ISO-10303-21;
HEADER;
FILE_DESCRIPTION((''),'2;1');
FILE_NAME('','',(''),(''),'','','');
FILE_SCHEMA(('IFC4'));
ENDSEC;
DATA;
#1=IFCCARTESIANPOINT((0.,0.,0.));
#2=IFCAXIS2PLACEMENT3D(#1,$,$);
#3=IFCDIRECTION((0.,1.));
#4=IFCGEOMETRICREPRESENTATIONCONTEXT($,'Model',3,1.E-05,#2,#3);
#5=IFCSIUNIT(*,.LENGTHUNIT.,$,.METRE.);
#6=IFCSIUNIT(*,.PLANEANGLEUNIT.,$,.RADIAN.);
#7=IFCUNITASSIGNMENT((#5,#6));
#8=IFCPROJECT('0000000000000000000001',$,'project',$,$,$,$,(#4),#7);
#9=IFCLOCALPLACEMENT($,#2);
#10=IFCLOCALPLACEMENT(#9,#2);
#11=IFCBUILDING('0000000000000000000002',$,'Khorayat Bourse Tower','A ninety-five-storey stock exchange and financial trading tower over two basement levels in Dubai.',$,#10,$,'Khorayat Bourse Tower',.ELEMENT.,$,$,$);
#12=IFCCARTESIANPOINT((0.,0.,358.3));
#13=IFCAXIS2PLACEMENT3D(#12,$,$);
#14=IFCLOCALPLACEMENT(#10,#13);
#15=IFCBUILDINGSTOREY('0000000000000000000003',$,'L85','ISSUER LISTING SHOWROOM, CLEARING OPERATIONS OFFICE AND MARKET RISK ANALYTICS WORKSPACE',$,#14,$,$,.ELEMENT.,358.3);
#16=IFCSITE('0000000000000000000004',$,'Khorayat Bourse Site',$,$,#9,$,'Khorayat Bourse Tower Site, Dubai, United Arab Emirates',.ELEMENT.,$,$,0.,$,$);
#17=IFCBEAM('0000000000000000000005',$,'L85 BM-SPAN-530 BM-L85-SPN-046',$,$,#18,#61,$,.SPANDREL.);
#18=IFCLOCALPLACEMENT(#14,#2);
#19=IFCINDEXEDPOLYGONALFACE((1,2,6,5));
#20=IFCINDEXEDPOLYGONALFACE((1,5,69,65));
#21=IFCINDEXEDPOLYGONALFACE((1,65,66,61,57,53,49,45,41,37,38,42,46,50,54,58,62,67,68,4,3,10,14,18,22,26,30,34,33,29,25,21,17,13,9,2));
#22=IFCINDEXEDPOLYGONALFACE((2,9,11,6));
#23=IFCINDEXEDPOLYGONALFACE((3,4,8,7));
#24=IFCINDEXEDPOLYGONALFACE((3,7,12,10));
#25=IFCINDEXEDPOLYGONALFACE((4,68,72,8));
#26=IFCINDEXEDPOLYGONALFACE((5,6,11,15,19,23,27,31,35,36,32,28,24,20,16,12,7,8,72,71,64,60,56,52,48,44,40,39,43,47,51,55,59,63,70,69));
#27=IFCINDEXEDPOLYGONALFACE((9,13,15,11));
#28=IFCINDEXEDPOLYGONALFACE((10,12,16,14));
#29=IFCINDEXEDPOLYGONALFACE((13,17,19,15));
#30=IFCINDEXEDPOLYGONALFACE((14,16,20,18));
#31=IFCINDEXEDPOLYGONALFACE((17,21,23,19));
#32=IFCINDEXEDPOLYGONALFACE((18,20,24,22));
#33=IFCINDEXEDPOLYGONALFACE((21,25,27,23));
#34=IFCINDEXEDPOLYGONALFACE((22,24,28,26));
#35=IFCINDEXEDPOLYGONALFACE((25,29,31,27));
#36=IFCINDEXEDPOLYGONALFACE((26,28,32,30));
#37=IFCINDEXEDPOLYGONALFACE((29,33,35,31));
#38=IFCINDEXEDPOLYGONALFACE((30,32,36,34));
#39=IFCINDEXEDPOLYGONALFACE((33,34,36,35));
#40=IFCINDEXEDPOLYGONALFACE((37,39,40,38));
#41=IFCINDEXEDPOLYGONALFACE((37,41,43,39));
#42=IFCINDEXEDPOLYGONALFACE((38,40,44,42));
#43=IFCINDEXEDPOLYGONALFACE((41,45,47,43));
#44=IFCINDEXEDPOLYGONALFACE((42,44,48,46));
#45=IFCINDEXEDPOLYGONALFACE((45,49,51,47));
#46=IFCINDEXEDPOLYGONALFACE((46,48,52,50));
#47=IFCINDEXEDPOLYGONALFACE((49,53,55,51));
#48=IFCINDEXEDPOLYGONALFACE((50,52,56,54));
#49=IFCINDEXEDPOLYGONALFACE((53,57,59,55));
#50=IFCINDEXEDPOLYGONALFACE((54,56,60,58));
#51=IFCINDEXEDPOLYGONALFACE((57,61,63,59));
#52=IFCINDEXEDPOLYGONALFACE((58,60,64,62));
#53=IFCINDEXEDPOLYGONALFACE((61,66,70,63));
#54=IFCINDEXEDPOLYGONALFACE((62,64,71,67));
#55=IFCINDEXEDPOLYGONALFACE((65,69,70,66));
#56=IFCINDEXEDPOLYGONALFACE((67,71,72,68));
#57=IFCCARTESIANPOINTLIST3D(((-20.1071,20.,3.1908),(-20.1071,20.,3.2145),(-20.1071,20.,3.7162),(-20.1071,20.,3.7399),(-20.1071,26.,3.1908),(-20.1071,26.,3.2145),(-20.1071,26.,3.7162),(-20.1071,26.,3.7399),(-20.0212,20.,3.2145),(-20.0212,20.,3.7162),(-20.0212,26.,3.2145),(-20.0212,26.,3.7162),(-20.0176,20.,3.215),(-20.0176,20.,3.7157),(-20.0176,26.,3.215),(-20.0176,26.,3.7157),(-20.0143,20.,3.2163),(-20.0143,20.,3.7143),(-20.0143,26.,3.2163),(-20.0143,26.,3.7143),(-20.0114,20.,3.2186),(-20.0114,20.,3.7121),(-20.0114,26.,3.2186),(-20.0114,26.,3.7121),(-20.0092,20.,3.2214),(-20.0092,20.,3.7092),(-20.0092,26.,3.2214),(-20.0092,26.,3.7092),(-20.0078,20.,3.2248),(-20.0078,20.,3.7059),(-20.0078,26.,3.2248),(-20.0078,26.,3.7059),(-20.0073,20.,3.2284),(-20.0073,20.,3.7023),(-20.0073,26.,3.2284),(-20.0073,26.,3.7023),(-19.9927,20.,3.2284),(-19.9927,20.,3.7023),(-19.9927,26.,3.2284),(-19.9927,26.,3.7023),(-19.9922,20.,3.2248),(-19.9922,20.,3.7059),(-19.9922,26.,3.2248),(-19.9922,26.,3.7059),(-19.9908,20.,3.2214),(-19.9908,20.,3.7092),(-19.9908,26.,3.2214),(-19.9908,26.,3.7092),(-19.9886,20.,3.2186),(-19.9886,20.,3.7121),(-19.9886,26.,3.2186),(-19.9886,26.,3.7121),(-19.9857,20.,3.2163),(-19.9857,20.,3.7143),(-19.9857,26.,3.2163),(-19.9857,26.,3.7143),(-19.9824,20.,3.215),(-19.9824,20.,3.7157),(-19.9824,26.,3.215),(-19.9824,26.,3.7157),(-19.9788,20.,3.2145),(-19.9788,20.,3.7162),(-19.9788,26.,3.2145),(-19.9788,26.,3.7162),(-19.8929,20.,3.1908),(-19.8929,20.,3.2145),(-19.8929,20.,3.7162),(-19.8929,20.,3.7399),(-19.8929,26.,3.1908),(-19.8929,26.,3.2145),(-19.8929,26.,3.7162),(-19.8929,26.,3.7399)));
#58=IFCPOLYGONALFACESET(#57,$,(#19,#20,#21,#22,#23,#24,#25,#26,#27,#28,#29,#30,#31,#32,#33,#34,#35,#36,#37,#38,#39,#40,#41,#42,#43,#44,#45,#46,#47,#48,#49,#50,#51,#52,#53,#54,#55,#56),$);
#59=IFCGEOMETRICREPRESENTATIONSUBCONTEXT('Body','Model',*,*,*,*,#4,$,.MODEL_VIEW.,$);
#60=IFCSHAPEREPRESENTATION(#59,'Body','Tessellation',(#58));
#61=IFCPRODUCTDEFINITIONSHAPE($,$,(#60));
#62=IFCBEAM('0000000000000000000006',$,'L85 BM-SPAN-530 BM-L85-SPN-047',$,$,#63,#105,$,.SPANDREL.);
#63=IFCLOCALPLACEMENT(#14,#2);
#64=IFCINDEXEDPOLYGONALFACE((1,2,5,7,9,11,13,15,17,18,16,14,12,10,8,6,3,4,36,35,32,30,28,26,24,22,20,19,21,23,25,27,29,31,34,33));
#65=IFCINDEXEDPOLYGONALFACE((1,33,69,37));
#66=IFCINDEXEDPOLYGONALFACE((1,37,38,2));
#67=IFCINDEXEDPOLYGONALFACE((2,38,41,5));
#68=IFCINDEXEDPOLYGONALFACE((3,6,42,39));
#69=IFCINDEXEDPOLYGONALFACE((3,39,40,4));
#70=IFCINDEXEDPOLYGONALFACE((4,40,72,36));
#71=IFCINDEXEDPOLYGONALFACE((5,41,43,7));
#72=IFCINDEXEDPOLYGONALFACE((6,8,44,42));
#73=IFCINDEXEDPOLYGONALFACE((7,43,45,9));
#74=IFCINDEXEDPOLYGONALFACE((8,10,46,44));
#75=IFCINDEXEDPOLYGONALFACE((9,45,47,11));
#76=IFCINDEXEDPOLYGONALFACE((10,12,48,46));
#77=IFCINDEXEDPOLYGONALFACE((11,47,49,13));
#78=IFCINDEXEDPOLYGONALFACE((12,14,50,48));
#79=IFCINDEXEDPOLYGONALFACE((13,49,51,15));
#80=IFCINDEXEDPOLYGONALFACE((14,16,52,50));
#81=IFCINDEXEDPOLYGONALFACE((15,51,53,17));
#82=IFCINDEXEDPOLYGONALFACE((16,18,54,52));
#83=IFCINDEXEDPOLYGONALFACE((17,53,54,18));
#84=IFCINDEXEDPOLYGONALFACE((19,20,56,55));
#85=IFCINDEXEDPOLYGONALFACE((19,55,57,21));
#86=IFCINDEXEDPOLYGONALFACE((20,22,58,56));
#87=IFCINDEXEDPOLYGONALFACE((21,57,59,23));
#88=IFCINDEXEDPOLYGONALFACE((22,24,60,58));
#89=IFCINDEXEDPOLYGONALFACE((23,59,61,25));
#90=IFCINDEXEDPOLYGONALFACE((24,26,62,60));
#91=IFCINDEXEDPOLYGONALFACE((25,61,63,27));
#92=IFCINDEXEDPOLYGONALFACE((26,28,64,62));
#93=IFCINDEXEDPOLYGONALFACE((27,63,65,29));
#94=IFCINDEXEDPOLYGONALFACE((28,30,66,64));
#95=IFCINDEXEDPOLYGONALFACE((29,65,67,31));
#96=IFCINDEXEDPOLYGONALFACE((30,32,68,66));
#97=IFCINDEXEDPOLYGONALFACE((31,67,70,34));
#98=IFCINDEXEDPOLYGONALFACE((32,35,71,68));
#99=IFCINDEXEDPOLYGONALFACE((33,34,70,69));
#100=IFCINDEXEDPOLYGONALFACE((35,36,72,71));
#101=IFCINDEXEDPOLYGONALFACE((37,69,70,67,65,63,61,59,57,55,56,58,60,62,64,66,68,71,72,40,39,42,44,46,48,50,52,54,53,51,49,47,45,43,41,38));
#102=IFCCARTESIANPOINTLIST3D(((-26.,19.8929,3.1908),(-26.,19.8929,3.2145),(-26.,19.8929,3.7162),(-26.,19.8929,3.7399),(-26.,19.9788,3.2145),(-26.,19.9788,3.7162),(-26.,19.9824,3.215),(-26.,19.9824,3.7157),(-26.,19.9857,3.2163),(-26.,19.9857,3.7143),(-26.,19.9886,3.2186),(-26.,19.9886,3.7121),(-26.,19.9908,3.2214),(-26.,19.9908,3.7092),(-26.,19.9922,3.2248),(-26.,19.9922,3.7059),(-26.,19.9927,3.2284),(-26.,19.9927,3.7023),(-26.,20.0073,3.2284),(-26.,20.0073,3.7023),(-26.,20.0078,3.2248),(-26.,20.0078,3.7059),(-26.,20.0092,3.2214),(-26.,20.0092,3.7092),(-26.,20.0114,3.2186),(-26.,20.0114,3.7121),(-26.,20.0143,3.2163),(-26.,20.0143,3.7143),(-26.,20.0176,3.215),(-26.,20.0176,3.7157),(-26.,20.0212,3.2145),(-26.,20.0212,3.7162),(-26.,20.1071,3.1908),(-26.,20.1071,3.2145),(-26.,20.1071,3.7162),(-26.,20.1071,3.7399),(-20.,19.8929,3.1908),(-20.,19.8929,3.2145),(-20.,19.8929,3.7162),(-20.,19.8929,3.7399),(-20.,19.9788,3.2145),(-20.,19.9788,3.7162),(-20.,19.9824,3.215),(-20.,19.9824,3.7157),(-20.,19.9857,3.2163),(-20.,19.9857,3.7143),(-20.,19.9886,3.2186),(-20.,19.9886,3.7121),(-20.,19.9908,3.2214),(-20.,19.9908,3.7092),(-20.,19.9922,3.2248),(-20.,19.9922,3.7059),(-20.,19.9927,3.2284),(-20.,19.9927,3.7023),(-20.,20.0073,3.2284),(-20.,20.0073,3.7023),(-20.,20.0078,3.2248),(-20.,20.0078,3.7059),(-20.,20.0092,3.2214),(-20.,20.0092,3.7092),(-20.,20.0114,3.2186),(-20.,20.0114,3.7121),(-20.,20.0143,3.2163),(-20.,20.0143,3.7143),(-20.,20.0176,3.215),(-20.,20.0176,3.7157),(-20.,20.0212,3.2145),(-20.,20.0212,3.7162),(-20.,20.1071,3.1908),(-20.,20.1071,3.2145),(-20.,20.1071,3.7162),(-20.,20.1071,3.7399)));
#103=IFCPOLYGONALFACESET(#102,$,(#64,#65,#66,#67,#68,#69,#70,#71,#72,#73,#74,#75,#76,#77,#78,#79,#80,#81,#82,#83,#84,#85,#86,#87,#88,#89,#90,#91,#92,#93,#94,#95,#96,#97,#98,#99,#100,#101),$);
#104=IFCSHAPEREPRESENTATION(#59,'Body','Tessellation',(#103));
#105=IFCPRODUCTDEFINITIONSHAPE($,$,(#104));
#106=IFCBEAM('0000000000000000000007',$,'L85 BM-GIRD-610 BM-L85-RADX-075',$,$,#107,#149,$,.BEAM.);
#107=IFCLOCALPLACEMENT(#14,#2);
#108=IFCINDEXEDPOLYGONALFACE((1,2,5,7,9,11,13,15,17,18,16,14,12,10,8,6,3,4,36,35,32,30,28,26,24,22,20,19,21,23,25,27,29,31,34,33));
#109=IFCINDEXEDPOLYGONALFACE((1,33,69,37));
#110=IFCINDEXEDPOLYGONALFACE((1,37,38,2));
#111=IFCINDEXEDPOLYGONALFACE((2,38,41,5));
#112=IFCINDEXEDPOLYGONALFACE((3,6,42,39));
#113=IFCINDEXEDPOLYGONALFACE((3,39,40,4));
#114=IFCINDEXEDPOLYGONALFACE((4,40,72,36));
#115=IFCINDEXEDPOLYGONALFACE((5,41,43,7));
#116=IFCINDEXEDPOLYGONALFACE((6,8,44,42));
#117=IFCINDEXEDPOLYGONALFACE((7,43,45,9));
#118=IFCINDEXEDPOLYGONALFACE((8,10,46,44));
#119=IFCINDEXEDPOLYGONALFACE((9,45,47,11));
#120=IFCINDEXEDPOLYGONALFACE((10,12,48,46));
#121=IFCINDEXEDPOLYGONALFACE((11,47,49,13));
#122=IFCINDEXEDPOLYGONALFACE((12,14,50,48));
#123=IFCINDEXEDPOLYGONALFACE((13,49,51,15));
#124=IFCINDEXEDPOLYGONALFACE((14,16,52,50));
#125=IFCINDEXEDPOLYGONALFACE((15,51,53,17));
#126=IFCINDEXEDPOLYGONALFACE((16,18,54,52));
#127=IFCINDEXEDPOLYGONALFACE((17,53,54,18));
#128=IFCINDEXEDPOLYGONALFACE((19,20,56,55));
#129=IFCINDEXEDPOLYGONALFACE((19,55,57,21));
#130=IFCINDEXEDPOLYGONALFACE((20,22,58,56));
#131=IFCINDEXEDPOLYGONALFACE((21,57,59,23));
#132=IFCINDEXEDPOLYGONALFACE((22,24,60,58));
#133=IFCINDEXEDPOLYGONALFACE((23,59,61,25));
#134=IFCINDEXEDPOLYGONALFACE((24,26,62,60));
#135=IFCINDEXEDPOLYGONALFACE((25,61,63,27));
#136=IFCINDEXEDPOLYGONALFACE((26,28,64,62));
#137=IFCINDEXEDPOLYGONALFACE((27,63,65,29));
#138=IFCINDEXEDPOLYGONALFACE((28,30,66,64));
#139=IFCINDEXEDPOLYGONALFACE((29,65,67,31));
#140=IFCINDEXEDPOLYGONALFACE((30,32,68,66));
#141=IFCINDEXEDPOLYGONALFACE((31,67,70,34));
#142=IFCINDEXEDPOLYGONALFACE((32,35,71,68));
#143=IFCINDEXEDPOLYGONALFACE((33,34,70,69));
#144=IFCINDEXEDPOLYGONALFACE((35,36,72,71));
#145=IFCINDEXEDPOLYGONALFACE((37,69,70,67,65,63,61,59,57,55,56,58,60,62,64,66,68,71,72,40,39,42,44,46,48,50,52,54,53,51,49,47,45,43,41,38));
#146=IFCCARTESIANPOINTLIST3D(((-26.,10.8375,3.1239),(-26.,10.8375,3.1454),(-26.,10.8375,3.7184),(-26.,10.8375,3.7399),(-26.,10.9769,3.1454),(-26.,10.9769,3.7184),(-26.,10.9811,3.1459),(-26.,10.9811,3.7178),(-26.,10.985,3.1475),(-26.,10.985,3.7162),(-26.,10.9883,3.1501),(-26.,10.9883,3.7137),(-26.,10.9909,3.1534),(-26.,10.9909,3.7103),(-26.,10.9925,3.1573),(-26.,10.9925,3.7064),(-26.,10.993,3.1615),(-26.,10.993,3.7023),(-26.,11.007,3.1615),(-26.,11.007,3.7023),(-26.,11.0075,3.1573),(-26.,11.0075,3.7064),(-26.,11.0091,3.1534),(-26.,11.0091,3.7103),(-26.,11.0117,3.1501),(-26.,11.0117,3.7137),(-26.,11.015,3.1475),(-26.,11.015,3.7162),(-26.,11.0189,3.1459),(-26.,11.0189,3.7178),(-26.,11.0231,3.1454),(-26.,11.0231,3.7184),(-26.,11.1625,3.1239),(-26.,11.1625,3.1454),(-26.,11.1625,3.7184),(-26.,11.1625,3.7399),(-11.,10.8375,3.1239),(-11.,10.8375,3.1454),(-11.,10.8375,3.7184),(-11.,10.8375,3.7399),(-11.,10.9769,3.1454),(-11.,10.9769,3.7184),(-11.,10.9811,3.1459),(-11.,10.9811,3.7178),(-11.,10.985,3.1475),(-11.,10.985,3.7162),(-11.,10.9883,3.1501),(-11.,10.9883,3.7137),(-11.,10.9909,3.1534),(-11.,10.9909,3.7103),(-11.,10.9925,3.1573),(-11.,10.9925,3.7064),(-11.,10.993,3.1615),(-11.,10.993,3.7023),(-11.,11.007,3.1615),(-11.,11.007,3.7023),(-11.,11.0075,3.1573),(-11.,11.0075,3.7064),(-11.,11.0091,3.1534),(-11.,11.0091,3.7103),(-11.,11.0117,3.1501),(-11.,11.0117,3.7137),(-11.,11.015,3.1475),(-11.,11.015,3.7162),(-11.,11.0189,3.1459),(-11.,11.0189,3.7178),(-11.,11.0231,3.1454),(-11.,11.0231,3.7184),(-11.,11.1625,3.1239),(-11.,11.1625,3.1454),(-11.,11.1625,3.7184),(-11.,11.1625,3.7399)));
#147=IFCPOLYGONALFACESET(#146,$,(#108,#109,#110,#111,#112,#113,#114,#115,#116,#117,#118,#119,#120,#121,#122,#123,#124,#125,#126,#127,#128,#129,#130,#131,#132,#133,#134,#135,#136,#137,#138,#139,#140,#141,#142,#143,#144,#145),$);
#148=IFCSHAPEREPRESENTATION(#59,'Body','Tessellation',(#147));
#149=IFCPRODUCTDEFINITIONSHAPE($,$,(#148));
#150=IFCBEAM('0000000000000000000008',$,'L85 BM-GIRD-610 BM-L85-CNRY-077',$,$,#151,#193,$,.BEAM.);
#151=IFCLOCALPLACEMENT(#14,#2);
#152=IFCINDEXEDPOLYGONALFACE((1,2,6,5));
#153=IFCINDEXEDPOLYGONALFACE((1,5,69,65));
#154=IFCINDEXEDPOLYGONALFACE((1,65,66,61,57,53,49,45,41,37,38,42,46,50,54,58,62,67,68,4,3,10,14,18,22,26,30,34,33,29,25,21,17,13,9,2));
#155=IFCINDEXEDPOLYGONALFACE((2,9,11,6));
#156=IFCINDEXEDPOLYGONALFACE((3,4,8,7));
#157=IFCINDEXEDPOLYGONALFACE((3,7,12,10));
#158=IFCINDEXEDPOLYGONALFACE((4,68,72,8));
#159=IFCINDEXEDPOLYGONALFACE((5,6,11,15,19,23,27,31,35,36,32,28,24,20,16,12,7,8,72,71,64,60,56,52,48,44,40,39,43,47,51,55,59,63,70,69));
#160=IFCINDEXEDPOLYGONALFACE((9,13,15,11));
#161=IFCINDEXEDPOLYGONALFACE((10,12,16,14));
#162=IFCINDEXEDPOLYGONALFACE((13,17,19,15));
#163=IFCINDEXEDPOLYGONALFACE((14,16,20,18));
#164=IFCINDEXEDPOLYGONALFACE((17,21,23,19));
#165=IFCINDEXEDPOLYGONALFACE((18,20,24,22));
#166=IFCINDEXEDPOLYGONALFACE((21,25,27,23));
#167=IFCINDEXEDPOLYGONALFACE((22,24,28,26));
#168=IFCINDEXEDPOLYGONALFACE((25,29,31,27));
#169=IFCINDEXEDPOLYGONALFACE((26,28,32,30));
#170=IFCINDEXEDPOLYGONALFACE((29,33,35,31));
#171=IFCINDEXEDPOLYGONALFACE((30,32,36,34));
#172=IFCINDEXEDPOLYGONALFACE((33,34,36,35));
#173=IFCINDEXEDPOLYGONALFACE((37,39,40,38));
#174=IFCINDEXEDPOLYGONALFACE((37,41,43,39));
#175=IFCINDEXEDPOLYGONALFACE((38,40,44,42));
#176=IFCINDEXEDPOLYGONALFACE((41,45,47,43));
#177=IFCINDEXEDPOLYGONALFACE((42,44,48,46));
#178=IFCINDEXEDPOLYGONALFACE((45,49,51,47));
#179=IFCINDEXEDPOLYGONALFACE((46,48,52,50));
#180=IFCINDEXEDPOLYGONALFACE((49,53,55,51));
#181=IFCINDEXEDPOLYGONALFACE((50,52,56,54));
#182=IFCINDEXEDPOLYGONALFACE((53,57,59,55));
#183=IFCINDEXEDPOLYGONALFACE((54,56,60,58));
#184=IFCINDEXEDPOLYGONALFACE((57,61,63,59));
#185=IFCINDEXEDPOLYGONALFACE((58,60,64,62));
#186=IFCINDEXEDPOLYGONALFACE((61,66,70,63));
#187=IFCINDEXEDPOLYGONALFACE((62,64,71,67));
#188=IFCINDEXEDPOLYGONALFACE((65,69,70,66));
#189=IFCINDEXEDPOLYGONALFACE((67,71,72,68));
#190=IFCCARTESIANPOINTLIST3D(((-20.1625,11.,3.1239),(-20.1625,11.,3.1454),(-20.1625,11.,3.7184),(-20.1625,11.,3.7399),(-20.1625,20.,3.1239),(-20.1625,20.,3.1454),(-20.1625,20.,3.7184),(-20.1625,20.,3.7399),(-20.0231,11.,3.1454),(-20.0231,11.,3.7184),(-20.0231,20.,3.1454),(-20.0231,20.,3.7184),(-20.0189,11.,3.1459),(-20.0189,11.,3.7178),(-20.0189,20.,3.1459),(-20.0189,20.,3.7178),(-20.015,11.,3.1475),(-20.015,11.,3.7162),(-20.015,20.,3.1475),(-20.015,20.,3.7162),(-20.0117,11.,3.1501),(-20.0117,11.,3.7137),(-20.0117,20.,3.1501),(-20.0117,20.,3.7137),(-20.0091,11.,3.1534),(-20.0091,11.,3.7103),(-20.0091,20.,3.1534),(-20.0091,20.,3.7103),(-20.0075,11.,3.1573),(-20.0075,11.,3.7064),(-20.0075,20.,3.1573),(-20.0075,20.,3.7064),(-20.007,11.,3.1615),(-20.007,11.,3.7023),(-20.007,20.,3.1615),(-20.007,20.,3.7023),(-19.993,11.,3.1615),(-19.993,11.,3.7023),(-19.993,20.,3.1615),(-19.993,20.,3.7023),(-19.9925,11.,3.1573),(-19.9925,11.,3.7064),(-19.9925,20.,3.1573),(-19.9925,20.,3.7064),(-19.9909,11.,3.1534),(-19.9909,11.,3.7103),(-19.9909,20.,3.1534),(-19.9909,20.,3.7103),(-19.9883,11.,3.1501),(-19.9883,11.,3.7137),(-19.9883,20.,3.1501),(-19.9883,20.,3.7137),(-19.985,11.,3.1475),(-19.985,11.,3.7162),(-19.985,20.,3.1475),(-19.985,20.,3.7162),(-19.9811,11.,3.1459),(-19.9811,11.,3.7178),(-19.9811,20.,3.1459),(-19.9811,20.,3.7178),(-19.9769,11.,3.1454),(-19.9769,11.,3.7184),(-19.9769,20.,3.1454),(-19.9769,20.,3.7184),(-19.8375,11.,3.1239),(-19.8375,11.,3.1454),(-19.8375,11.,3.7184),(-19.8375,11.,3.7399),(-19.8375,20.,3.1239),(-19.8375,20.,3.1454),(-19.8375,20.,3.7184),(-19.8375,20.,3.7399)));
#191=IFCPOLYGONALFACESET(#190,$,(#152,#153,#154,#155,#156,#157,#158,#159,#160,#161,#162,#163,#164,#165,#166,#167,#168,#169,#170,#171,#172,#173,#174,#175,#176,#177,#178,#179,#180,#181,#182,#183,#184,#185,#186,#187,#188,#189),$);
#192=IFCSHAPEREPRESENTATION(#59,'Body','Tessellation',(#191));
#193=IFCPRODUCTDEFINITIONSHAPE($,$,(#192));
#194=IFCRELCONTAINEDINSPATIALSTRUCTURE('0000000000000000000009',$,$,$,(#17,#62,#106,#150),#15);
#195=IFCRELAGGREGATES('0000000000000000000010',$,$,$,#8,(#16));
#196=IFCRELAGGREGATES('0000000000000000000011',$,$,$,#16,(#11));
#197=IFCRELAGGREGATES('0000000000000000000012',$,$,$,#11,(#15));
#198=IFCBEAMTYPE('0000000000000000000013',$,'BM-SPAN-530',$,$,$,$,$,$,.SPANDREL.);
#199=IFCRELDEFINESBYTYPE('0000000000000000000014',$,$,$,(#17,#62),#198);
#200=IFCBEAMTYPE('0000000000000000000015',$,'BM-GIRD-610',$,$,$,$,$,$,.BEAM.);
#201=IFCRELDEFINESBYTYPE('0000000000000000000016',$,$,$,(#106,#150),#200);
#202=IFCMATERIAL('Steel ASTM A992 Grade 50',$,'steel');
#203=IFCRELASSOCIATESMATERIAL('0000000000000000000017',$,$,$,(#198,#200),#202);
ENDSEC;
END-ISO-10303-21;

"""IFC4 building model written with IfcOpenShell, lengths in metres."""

from ifc_helpers import new_model, si_unit, direction, frame, origin, origin_2d, place, context, subcontext, project, spatial, i_section, extrude, source, transform, mapped, material, material_profile, profile_set, type_object, element, save


model = new_model("IFC4")

# Units and contexts
model_context = context("Model", 3, precision=1e-05, world=origin(), true_north=direction((0.0, 1.0)))
body_context = subcontext(model_context, "Body", "Model", "MODEL_VIEW")
ifc_project = project(units=[si_unit("LENGTHUNIT", "METRE"), si_unit("PLANEANGLEUNIT", "RADIAN")], contexts=[model_context])

# Site, building, storey
site_placement = place(None, origin())
site = spatial("IfcSite", under=ifc_project, at=site_placement, Name="Khorayat Bourse Site", LongName="Khorayat Bourse Tower Site, Dubai, United Arab Emirates", CompositionType="ELEMENT", RefElevation=0.0)
building_placement = place(site_placement, origin())
building = spatial("IfcBuilding", under=site, at=building_placement, Name="Khorayat Bourse Tower", Description="A ninety-five-storey stock exchange and financial trading tower over two basement levels in Dubai.", LongName="Khorayat Bourse Tower", CompositionType="ELEMENT")
storey_placement = place(building_placement, frame((0.0, 0.0, 358.3)))
storey = spatial("IfcBuildingStorey", under=building, at=storey_placement, Name="L85", Description="ISSUER LISTING SHOWROOM, CLEARING OPERATIONS OFFICE AND MARKET RISK ANALYTICS WORKSPACE", CompositionType="ELEMENT", Elevation=358.3)

# Beams
ifc_material_1 = material(Name="Steel ASTM A992 Grade 50", Category="steel")
ifc_material_profile_1 = material_profile(ifc_material_1, i_section(OverallWidth=0.2141, OverallDepth=0.5491, WebThickness=0.0146, FlangeThickness=0.0237, FilletRadius=0.0139, at=origin_2d()), Name="W530X138")
ifc_profile_set_1 = profile_set([ifc_material_profile_1], Name="Steel ASTM A992 Grade 50")
beam_type_1 = type_object("IfcBeamType", Name="BM-SPAN-530", PredefinedType="SPANDREL", material=ifc_profile_set_1)
shared_shape_1 = source(origin(), body_context, "Body", "SweptSolid", [
    extrude(i_section(OverallWidth=0.2141, OverallDepth=0.5491, WebThickness=0.0146, FlangeThickness=0.0237, FilletRadius=0.0139, at=origin_2d()), origin(), (0.0, 0.0, 1.0), 6.0),
])
for number, where, z_axis, x_axis, name in (
    (1, (-20.0, 20.0, 3.4653), (0.0, 1.0, 0.0), (-1.0, 0.0, 0.0), "L85 BM-SPAN-530 BM-L85-SPN-046"),
    (2, (-26.0, 20.0, 3.4653), (1.0, 0.0, 0.0), (0.0, 1.0, 0.0), "L85 BM-SPAN-530 BM-L85-SPN-047"),
):
    element("IfcBeam", number, at=place(storey_placement, frame(where, z_axis=z_axis, x_axis=x_axis)), inside=storey, type_object=beam_type_1, Name=name, PredefinedType="SPANDREL", context=body_context, shape_type="MappedRepresentation", body=[
        mapped(shared_shape_1, transform((0.0, 0.0, 0.0), scale=1.0)),
    ])
ifc_material_profile_2 = material_profile(ifc_material_1, i_section(OverallWidth=0.325, OverallDepth=0.616, WebThickness=0.0139, FlangeThickness=0.0215, FilletRadius=0.0161, at=origin_2d()), Name="W610X174")
ifc_profile_set_2 = profile_set([ifc_material_profile_2], Name="Steel ASTM A992 Grade 50")
beam_type_2 = type_object("IfcBeamType", Name="BM-GIRD-610", PredefinedType="BEAM", material=ifc_profile_set_2)
shared_shape_2 = source(origin(), body_context, "Body", "SweptSolid", [
    extrude(i_section(OverallWidth=0.325, OverallDepth=0.616, WebThickness=0.0139, FlangeThickness=0.0215, FilletRadius=0.0161, at=origin_2d()), origin(), (0.0, 0.0, 1.0), 15.0),
])
beam_1_placement = place(storey_placement, frame((-26.0, 11.0, 3.4319), z_axis=(1.0, 0.0, 0.0), x_axis=(0.0, 1.0, 0.0)))
element("IfcBeam", 3, at=beam_1_placement, inside=storey, type_object=beam_type_2, Name="L85 BM-GIRD-610 BM-L85-RADX-075", PredefinedType="BEAM", context=body_context, shape_type="MappedRepresentation", body=[
    mapped(shared_shape_2, transform((0.0, 0.0, 0.0), scale=1.0)),
])
shared_shape_3 = source(origin(), body_context, "Body", "SweptSolid", [
    extrude(i_section(OverallWidth=0.325, OverallDepth=0.616, WebThickness=0.0139, FlangeThickness=0.0215, FilletRadius=0.0161, at=origin_2d()), origin(), (0.0, 0.0, 1.0), 9.0),
])
beam_2_placement = place(storey_placement, frame((-20.0, 11.0, 3.4319), z_axis=(0.0, 1.0, 0.0), x_axis=(-1.0, 0.0, 0.0)))
element("IfcBeam", 4, at=beam_2_placement, inside=storey, type_object=beam_type_2, Name="L85 BM-GIRD-610 BM-L85-CNRY-077", PredefinedType="BEAM", context=body_context, shape_type="MappedRepresentation", body=[
    mapped(shared_shape_3, transform((0.0, 0.0, 0.0), scale=1.0)),
])

save(model, "model.ifc")
